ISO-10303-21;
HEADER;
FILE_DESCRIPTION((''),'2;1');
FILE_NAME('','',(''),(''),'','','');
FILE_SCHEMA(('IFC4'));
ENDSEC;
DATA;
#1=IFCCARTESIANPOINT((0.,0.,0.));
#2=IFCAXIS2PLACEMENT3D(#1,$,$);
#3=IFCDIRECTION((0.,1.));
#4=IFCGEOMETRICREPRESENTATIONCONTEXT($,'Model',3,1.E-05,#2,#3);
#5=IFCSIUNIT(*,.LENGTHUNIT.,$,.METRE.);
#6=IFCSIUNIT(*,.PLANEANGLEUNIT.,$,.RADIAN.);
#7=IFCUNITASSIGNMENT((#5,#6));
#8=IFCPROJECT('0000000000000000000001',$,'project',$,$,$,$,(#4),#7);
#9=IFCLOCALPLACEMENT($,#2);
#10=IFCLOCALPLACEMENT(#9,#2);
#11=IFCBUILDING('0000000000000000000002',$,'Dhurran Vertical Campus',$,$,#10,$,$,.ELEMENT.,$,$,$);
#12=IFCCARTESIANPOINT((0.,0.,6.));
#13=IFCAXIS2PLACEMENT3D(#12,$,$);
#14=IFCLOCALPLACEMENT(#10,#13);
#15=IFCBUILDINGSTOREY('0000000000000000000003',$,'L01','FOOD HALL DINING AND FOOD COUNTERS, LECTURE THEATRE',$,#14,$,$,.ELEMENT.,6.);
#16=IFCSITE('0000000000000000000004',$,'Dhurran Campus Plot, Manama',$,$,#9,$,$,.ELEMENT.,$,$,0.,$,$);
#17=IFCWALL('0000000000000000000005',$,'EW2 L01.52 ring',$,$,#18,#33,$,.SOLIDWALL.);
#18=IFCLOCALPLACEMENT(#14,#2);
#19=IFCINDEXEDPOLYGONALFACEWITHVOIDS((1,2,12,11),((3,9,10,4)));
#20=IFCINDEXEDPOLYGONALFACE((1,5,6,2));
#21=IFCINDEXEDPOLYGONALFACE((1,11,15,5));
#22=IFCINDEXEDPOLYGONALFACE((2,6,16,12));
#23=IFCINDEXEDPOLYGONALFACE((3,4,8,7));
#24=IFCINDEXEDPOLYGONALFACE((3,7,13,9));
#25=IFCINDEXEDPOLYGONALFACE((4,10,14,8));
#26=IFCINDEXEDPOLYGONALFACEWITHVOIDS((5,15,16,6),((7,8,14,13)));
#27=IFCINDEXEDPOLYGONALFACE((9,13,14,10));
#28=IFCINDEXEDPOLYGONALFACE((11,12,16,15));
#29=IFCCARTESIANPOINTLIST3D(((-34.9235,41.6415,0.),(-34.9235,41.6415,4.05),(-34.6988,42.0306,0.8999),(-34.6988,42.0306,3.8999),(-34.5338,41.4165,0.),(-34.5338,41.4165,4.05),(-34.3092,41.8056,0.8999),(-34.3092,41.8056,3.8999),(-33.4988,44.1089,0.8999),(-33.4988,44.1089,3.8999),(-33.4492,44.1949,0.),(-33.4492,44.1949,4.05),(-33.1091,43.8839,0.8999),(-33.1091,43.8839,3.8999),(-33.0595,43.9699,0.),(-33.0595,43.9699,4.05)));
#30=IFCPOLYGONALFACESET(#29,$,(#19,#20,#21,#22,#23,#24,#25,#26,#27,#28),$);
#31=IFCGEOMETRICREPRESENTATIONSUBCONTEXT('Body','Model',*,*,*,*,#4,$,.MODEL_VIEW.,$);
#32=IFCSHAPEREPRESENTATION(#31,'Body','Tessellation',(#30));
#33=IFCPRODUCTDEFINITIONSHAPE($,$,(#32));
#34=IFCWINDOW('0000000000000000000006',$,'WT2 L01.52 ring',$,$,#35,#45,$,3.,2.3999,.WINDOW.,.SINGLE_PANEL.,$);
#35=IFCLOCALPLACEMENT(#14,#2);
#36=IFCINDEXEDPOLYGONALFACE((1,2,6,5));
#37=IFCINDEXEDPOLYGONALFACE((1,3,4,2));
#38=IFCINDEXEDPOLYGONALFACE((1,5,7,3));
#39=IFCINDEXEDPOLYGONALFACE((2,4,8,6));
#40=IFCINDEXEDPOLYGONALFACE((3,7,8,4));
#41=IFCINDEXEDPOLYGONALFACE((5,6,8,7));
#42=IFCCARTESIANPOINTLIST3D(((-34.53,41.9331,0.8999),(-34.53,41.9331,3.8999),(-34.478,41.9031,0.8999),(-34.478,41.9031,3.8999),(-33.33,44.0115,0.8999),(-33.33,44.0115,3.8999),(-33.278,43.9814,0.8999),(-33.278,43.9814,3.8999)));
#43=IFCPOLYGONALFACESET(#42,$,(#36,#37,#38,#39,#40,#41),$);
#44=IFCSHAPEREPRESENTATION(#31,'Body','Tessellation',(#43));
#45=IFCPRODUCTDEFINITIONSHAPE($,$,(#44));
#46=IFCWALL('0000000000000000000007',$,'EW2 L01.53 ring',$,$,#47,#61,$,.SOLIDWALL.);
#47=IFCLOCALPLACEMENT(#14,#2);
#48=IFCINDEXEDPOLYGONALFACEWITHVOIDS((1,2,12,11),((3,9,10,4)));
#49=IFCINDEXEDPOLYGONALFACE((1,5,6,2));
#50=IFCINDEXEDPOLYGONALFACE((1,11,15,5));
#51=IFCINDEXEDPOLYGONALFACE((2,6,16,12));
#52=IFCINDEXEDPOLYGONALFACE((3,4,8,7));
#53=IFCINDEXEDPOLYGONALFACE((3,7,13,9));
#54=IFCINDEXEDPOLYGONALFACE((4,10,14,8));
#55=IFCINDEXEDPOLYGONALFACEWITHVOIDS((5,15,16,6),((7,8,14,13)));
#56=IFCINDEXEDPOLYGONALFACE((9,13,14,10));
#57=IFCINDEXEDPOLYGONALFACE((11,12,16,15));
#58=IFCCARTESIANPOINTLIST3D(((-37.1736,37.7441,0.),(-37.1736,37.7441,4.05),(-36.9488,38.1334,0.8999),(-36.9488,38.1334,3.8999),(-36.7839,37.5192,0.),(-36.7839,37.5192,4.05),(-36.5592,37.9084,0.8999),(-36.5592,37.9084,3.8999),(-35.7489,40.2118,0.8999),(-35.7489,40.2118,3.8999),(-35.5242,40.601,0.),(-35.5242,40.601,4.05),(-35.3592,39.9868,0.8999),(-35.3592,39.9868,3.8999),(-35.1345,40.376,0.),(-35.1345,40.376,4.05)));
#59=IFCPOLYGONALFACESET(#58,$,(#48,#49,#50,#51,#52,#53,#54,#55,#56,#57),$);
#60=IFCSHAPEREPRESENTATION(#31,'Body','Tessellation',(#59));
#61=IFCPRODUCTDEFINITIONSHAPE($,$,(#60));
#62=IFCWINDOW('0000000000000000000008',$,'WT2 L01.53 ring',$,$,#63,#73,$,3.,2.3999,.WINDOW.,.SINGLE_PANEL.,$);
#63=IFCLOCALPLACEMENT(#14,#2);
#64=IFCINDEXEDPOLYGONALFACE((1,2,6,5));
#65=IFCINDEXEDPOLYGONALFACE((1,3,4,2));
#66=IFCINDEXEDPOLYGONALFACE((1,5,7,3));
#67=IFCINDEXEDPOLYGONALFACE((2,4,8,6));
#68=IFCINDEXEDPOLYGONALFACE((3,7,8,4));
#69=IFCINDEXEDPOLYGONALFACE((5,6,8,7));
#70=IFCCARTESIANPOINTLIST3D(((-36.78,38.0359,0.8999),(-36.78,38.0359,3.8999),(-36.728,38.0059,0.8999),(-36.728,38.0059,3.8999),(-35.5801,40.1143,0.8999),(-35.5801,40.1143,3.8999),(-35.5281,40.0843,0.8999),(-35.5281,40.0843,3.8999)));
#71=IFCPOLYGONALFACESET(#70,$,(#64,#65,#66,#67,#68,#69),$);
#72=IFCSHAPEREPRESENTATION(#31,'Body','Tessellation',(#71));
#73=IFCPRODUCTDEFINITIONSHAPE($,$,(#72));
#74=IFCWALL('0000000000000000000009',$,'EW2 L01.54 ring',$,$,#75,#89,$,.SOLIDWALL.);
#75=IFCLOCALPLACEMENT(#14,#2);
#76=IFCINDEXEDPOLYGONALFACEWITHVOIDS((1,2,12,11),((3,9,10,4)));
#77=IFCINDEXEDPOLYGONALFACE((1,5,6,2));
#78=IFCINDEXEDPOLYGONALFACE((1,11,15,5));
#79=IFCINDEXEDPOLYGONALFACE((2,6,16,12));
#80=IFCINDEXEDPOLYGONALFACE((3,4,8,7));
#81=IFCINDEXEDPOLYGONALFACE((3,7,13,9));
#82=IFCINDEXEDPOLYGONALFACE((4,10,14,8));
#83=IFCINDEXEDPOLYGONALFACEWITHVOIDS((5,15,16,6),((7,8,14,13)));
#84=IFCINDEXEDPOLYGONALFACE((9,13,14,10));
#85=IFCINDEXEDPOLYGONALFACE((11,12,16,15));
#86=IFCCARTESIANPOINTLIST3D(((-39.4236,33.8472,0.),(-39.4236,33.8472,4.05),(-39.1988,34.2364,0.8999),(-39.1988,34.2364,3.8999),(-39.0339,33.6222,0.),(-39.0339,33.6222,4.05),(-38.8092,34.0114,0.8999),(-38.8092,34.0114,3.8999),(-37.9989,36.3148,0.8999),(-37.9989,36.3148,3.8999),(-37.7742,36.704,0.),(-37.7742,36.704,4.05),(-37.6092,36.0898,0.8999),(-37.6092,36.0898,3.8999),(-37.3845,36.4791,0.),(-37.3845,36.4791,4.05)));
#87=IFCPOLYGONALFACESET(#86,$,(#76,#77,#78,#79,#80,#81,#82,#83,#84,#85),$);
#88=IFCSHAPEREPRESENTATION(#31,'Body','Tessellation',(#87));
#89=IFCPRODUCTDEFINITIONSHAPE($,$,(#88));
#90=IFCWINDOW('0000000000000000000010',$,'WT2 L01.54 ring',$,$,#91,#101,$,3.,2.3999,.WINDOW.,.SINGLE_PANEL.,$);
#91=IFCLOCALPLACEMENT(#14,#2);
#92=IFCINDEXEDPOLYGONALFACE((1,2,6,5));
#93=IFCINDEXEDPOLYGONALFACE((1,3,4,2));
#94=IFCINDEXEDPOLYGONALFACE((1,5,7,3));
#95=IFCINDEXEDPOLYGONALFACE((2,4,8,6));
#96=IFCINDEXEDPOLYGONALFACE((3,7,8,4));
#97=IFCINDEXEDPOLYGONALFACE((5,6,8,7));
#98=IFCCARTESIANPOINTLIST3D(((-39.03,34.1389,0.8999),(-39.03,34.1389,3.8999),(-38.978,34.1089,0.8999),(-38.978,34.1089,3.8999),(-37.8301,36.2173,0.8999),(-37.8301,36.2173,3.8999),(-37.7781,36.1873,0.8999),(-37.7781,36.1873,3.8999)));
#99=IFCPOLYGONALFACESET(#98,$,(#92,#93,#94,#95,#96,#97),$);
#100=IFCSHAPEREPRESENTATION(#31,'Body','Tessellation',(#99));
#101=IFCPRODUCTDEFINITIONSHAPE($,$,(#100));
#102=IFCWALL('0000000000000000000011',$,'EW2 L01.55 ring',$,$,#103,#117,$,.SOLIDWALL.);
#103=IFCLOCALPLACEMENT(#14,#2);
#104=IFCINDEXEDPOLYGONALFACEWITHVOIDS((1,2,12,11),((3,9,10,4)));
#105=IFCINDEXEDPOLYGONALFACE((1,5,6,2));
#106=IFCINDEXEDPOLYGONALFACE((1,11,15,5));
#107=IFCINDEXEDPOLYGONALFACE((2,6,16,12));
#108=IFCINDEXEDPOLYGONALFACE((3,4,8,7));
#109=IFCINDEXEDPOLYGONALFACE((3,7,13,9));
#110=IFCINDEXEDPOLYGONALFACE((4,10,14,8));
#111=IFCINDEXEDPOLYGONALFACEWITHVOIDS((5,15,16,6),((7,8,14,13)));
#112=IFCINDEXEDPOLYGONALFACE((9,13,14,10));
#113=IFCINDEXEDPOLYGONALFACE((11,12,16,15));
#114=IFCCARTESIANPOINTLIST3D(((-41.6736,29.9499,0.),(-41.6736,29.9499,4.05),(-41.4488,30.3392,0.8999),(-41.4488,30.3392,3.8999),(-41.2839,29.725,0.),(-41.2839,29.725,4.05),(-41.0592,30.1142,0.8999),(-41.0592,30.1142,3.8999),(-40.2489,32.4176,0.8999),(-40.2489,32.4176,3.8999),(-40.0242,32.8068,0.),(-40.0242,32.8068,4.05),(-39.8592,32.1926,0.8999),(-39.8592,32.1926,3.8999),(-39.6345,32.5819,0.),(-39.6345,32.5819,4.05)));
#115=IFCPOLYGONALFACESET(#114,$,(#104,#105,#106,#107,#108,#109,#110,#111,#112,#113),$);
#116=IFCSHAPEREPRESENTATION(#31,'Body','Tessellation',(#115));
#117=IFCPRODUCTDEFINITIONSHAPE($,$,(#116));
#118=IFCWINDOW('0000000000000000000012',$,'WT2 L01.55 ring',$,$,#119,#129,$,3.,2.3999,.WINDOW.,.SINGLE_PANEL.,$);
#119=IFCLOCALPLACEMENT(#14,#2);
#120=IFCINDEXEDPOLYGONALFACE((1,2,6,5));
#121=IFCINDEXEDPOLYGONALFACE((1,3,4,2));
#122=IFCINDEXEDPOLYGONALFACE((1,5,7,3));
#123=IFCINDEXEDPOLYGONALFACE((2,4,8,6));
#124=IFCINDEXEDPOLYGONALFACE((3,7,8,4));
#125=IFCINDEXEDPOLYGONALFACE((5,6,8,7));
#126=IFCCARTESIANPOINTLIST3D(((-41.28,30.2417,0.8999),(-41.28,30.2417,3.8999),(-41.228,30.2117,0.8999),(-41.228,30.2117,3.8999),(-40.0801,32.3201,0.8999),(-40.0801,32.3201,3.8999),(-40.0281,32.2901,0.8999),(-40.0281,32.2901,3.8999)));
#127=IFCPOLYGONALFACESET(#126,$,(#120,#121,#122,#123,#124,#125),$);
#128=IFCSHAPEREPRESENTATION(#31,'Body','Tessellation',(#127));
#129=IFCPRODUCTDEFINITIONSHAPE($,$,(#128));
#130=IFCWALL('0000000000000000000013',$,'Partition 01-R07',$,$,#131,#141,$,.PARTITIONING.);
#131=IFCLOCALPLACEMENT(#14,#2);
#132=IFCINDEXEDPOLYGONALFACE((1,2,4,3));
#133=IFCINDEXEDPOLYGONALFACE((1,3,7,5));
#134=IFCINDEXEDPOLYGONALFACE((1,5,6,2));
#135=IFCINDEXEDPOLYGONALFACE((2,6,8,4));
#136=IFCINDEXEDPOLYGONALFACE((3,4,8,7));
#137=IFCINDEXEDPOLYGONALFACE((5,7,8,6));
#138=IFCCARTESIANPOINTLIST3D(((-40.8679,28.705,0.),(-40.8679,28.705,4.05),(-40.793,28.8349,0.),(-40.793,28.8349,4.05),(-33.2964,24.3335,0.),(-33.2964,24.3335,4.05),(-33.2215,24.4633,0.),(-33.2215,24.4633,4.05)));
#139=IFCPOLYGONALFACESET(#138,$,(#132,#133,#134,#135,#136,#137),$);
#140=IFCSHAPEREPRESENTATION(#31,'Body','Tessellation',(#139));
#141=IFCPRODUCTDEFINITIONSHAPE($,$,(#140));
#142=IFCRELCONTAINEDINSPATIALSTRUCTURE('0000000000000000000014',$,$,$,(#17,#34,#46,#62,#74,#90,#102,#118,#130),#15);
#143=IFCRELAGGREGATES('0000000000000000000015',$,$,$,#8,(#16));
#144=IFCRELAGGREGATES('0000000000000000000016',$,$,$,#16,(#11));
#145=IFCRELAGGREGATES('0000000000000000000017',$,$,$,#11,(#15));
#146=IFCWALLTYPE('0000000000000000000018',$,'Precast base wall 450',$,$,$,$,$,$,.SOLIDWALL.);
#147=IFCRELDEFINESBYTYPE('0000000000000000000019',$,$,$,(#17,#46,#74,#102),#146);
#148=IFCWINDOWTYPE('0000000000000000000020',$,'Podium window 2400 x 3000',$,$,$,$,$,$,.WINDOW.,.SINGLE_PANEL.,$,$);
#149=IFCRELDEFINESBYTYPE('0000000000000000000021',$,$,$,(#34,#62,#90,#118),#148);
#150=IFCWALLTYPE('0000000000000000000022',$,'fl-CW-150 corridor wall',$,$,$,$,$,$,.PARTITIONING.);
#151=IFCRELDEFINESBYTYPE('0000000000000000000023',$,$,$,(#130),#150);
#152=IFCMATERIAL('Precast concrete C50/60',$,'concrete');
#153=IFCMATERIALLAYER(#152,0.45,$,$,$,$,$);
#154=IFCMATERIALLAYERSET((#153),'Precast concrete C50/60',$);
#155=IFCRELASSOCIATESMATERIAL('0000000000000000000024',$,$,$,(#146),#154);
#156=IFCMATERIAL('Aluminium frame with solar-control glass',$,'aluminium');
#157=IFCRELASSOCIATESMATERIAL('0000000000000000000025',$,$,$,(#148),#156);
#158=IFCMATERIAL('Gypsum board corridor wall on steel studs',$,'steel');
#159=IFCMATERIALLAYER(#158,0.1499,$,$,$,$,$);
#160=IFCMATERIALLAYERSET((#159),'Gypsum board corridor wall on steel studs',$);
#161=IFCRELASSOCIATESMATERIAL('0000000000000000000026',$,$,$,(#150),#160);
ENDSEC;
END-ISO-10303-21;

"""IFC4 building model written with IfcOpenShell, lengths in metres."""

from ifc_helpers import new_model, si_unit, direction, frame, frame_2d, origin, place, context, subcontext, project, spatial, rectangle, extrude, material, layer, layer_set, type_object, element, fill, save


model = new_model("IFC4")

# Units and contexts
model_context = context("Model", 3, precision=1e-05, world=origin(), true_north=direction((0.0, 1.0)))
body_context = subcontext(model_context, "Body", "Model", "MODEL_VIEW")
ifc_project = project(units=[si_unit("LENGTHUNIT", "METRE"), si_unit("PLANEANGLEUNIT", "RADIAN")], contexts=[model_context])

# Site, building, storey
site_placement = place(None, origin())
site = spatial("IfcSite", under=ifc_project, at=site_placement, Name="Dhurran Campus Plot, Manama", CompositionType="ELEMENT", RefElevation=0.0)
building_placement = place(site_placement, origin())
building = spatial("IfcBuilding", under=site, at=building_placement, Name="Dhurran Vertical Campus", CompositionType="ELEMENT")
storey_placement = place(building_placement, frame((0.0, 0.0, 6.0)))
storey = spatial("IfcBuildingStorey", under=building, at=storey_placement, Name="L01", Description="FOOD HALL DINING AND FOOD COUNTERS, LECTURE THEATRE", CompositionType="ELEMENT", Elevation=6.0)

# Walls, openings, windows
ifc_material_1 = material(Name="Precast concrete C50/60", Category="concrete")
ifc_layer_1 = layer(ifc_material_1, 0.45)
ifc_layer_set_1 = layer_set([ifc_layer_1], Name="Precast concrete C50/60")
wall_type_1 = type_object("IfcWallType", Name="Precast base wall 450", PredefinedType="SOLIDWALL", material=ifc_layer_set_1)
ifc_material_2 = material(Name="Aluminium frame with solar-control glass", Category="aluminium")
window_type = type_object("IfcWindowType", Name="Podium window 2400 x 3000", PartitioningType="SINGLE_PANEL", PredefinedType="WINDOW", material=ifc_material_2)
wall_1_placement = place(storey_placement, frame((-33.2544, 44.0823, 0.0), z_axis=(0.0, 0.0, 1.0), x_axis=(-0.500031, -0.866008, 0.0)))
wall_1 = element("IfcWall", 1, at=wall_1_placement, inside=storey, type_object=wall_type_1, Name="EW2 L01.52 ring", PredefinedType="SOLIDWALL", context=body_context, shape_type="SweptSolid", body=[
    extrude(rectangle(XDim=2.9485, YDim=0.45, at=frame_2d((1.4741, 0.0))), origin(), (0.0, 0.0, 1.0), 4.05),
])
opening_1_placement = place(wall_1_placement, frame((0.0991, 0.0, 0.8999)))
opening_1 = element("IfcOpeningElement", 2, at=opening_1_placement, cuts=wall_1, PredefinedType="OPENING", context=body_context, shape_type="SweptSolid", body=[
    extrude(rectangle(XDim=2.3999, YDim=3.0, at=frame_2d((1.2, 1.5))), frame((0.0, 0.2349, 0.0), z_axis=(0.0, -1.0, 0.0), x_axis=(1.0, 0.0, 0.0)), (0.0, 0.0, 1.0), 0.47),
])
window_1_placement = place(opening_1_placement, origin())
window_1 = element("IfcWindow", 3, at=window_1_placement, inside=storey, type_object=window_type, Name="WT2 L01.52 ring", OverallHeight=3.0, OverallWidth=2.3999, PartitioningType="SINGLE_PANEL", PredefinedType="WINDOW", context=body_context, shape_type="SweptSolid", body=[
    extrude(rectangle(XDim=2.3999, YDim=3.0, at=frame_2d((1.2, 1.5))), frame((0.0, 0.03, 0.0), z_axis=(0.0, -1.0, 0.0), x_axis=(1.0, 0.0, 0.0)), (0.0, 0.0, 1.0), 0.0601),
])
fill(opening_1, window_1)
wall_2_placement = place(storey_placement, frame((-35.3293, 40.4885, 0.0), z_axis=(0.0, 0.0, 1.0), x_axis=(-0.499992, -0.86603, 0.0)))
wall_2 = element("IfcWall", 4, at=wall_2_placement, inside=storey, type_object=wall_type_1, Name="EW2 L01.53 ring", PredefinedType="SOLIDWALL", context=body_context, shape_type="SweptSolid", body=[
    extrude(rectangle(XDim=3.2988, YDim=0.45, at=frame_2d((1.6494, 0.0))), origin(), (0.0, 0.0, 1.0), 4.05),
])
opening_2_placement = place(wall_2_placement, frame((0.4495, 0.0, 0.8999)))
opening_2 = element("IfcOpeningElement", 5, at=opening_2_placement, cuts=wall_2, PredefinedType="OPENING", context=body_context, shape_type="SweptSolid", body=[
    extrude(rectangle(XDim=2.3999, YDim=3.0, at=frame_2d((1.2, 1.5))), frame((0.0, 0.2349, 0.0), z_axis=(0.0, -1.0, 0.0), x_axis=(1.0, 0.0, 0.0)), (0.0, 0.0, 1.0), 0.47),
])
window_2_placement = place(opening_2_placement, origin())
window_2 = element("IfcWindow", 6, at=window_2_placement, inside=storey, type_object=window_type, Name="WT2 L01.53 ring", OverallHeight=3.0, OverallWidth=2.3999, PartitioningType="SINGLE_PANEL", PredefinedType="WINDOW", context=body_context, shape_type="SweptSolid", body=[
    extrude(rectangle(XDim=2.3999, YDim=3.0, at=frame_2d((1.2, 1.5))), frame((0.0, 0.03, 0.0), z_axis=(0.0, -1.0, 0.0), x_axis=(1.0, 0.0, 0.0)), (0.0, 0.0, 1.0), 0.0601),
])
fill(opening_2, window_2)
wall_3_placement = place(storey_placement, frame((-37.5793, 36.5916, 0.0), z_axis=(0.0, 0.0, 1.0), x_axis=(-0.499992, -0.86603, 0.0)))
wall_3 = element("IfcWall", 7, at=wall_3_placement, inside=storey, type_object=wall_type_1, Name="EW2 L01.54 ring", PredefinedType="SOLIDWALL", context=body_context, shape_type="SweptSolid", body=[
    extrude(rectangle(XDim=3.2988, YDim=0.45, at=frame_2d((1.6494, 0.0))), origin(), (0.0, 0.0, 1.0), 4.05),
])
opening_3_placement = place(wall_3_placement, frame((0.4495, 0.0, 0.8999)))
opening_3 = element("IfcOpeningElement", 8, at=opening_3_placement, cuts=wall_3, PredefinedType="OPENING", context=body_context, shape_type="SweptSolid", body=[
    extrude(rectangle(XDim=2.3999, YDim=3.0, at=frame_2d((1.2, 1.5))), frame((0.0, 0.2349, 0.0), z_axis=(0.0, -1.0, 0.0), x_axis=(1.0, 0.0, 0.0)), (0.0, 0.0, 1.0), 0.47),
])
window_3_placement = place(opening_3_placement, origin())
window_3 = element("IfcWindow", 9, at=window_3_placement, inside=storey, type_object=window_type, Name="WT2 L01.54 ring", OverallHeight=3.0, OverallWidth=2.3999, PartitioningType="SINGLE_PANEL", PredefinedType="WINDOW", context=body_context, shape_type="SweptSolid", body=[
    extrude(rectangle(XDim=2.3999, YDim=3.0, at=frame_2d((1.2, 1.5))), frame((0.0, 0.03, 0.0), z_axis=(0.0, -1.0, 0.0), x_axis=(1.0, 0.0, 0.0)), (0.0, 0.0, 1.0), 0.0601),
])
fill(opening_3, window_3)
wall_4_placement = place(storey_placement, frame((-39.8293, 32.6943, 0.0), z_axis=(0.0, 0.0, 1.0), x_axis=(-0.499992, -0.86603, 0.0)))
wall_4 = element("IfcWall", 10, at=wall_4_placement, inside=storey, type_object=wall_type_1, Name="EW2 L01.55 ring", PredefinedType="SOLIDWALL", context=body_context, shape_type="SweptSolid", body=[
    extrude(rectangle(XDim=3.2988, YDim=0.45, at=frame_2d((1.6494, 0.0))), origin(), (0.0, 0.0, 1.0), 4.05),
])
opening_4_placement = place(wall_4_placement, frame((0.4495, 0.0, 0.8999)))
opening_4 = element("IfcOpeningElement", 11, at=opening_4_placement, cuts=wall_4, PredefinedType="OPENING", context=body_context, shape_type="SweptSolid", body=[
    extrude(rectangle(XDim=2.3999, YDim=3.0, at=frame_2d((1.2, 1.5))), frame((0.0, 0.2349, 0.0), z_axis=(0.0, -1.0, 0.0), x_axis=(1.0, 0.0, 0.0)), (0.0, 0.0, 1.0), 0.47),
])
window_4_placement = place(opening_4_placement, origin())
window_4 = element("IfcWindow", 12, at=window_4_placement, inside=storey, type_object=window_type, Name="WT2 L01.55 ring", OverallHeight=3.0, OverallWidth=2.3999, PartitioningType="SINGLE_PANEL", PredefinedType="WINDOW", context=body_context, shape_type="SweptSolid", body=[
    extrude(rectangle(XDim=2.3999, YDim=3.0, at=frame_2d((1.2, 1.5))), frame((0.0, 0.03, 0.0), z_axis=(0.0, -1.0, 0.0), x_axis=(1.0, 0.0, 0.0)), (0.0, 0.0, 1.0), 0.0601),
])
fill(opening_4, window_4)

# Wall
ifc_material_3 = material(Name="Gypsum board corridor wall on steel studs", Category="steel")
ifc_layer_2 = layer(ifc_material_3, 0.1499)
ifc_layer_set_2 = layer_set([ifc_layer_2], Name="Gypsum board corridor wall on steel studs")
wall_type_2 = type_object("IfcWallType", Name="fl-CW-150 corridor wall", PredefinedType="PARTITIONING", material=ifc_layer_set_2)
wall_5_placement = place(storey_placement, frame((-40.8306, 28.77, 0.0), z_axis=(0.0, 0.0, 1.0), x_axis=(0.866018, -0.500013, 0.0)))
element("IfcWall", 13, at=wall_5_placement, inside=storey, type_object=wall_type_2, Name="Partition 01-R07", PredefinedType="PARTITIONING", context=body_context, shape_type="SweptSolid", body=[
    extrude(rectangle(XDim=8.7429, YDim=0.1499, at=frame_2d((4.3716, 0.0))), origin(), (0.0, 0.0, 1.0), 4.05),
])

save(model, "model.ifc")
